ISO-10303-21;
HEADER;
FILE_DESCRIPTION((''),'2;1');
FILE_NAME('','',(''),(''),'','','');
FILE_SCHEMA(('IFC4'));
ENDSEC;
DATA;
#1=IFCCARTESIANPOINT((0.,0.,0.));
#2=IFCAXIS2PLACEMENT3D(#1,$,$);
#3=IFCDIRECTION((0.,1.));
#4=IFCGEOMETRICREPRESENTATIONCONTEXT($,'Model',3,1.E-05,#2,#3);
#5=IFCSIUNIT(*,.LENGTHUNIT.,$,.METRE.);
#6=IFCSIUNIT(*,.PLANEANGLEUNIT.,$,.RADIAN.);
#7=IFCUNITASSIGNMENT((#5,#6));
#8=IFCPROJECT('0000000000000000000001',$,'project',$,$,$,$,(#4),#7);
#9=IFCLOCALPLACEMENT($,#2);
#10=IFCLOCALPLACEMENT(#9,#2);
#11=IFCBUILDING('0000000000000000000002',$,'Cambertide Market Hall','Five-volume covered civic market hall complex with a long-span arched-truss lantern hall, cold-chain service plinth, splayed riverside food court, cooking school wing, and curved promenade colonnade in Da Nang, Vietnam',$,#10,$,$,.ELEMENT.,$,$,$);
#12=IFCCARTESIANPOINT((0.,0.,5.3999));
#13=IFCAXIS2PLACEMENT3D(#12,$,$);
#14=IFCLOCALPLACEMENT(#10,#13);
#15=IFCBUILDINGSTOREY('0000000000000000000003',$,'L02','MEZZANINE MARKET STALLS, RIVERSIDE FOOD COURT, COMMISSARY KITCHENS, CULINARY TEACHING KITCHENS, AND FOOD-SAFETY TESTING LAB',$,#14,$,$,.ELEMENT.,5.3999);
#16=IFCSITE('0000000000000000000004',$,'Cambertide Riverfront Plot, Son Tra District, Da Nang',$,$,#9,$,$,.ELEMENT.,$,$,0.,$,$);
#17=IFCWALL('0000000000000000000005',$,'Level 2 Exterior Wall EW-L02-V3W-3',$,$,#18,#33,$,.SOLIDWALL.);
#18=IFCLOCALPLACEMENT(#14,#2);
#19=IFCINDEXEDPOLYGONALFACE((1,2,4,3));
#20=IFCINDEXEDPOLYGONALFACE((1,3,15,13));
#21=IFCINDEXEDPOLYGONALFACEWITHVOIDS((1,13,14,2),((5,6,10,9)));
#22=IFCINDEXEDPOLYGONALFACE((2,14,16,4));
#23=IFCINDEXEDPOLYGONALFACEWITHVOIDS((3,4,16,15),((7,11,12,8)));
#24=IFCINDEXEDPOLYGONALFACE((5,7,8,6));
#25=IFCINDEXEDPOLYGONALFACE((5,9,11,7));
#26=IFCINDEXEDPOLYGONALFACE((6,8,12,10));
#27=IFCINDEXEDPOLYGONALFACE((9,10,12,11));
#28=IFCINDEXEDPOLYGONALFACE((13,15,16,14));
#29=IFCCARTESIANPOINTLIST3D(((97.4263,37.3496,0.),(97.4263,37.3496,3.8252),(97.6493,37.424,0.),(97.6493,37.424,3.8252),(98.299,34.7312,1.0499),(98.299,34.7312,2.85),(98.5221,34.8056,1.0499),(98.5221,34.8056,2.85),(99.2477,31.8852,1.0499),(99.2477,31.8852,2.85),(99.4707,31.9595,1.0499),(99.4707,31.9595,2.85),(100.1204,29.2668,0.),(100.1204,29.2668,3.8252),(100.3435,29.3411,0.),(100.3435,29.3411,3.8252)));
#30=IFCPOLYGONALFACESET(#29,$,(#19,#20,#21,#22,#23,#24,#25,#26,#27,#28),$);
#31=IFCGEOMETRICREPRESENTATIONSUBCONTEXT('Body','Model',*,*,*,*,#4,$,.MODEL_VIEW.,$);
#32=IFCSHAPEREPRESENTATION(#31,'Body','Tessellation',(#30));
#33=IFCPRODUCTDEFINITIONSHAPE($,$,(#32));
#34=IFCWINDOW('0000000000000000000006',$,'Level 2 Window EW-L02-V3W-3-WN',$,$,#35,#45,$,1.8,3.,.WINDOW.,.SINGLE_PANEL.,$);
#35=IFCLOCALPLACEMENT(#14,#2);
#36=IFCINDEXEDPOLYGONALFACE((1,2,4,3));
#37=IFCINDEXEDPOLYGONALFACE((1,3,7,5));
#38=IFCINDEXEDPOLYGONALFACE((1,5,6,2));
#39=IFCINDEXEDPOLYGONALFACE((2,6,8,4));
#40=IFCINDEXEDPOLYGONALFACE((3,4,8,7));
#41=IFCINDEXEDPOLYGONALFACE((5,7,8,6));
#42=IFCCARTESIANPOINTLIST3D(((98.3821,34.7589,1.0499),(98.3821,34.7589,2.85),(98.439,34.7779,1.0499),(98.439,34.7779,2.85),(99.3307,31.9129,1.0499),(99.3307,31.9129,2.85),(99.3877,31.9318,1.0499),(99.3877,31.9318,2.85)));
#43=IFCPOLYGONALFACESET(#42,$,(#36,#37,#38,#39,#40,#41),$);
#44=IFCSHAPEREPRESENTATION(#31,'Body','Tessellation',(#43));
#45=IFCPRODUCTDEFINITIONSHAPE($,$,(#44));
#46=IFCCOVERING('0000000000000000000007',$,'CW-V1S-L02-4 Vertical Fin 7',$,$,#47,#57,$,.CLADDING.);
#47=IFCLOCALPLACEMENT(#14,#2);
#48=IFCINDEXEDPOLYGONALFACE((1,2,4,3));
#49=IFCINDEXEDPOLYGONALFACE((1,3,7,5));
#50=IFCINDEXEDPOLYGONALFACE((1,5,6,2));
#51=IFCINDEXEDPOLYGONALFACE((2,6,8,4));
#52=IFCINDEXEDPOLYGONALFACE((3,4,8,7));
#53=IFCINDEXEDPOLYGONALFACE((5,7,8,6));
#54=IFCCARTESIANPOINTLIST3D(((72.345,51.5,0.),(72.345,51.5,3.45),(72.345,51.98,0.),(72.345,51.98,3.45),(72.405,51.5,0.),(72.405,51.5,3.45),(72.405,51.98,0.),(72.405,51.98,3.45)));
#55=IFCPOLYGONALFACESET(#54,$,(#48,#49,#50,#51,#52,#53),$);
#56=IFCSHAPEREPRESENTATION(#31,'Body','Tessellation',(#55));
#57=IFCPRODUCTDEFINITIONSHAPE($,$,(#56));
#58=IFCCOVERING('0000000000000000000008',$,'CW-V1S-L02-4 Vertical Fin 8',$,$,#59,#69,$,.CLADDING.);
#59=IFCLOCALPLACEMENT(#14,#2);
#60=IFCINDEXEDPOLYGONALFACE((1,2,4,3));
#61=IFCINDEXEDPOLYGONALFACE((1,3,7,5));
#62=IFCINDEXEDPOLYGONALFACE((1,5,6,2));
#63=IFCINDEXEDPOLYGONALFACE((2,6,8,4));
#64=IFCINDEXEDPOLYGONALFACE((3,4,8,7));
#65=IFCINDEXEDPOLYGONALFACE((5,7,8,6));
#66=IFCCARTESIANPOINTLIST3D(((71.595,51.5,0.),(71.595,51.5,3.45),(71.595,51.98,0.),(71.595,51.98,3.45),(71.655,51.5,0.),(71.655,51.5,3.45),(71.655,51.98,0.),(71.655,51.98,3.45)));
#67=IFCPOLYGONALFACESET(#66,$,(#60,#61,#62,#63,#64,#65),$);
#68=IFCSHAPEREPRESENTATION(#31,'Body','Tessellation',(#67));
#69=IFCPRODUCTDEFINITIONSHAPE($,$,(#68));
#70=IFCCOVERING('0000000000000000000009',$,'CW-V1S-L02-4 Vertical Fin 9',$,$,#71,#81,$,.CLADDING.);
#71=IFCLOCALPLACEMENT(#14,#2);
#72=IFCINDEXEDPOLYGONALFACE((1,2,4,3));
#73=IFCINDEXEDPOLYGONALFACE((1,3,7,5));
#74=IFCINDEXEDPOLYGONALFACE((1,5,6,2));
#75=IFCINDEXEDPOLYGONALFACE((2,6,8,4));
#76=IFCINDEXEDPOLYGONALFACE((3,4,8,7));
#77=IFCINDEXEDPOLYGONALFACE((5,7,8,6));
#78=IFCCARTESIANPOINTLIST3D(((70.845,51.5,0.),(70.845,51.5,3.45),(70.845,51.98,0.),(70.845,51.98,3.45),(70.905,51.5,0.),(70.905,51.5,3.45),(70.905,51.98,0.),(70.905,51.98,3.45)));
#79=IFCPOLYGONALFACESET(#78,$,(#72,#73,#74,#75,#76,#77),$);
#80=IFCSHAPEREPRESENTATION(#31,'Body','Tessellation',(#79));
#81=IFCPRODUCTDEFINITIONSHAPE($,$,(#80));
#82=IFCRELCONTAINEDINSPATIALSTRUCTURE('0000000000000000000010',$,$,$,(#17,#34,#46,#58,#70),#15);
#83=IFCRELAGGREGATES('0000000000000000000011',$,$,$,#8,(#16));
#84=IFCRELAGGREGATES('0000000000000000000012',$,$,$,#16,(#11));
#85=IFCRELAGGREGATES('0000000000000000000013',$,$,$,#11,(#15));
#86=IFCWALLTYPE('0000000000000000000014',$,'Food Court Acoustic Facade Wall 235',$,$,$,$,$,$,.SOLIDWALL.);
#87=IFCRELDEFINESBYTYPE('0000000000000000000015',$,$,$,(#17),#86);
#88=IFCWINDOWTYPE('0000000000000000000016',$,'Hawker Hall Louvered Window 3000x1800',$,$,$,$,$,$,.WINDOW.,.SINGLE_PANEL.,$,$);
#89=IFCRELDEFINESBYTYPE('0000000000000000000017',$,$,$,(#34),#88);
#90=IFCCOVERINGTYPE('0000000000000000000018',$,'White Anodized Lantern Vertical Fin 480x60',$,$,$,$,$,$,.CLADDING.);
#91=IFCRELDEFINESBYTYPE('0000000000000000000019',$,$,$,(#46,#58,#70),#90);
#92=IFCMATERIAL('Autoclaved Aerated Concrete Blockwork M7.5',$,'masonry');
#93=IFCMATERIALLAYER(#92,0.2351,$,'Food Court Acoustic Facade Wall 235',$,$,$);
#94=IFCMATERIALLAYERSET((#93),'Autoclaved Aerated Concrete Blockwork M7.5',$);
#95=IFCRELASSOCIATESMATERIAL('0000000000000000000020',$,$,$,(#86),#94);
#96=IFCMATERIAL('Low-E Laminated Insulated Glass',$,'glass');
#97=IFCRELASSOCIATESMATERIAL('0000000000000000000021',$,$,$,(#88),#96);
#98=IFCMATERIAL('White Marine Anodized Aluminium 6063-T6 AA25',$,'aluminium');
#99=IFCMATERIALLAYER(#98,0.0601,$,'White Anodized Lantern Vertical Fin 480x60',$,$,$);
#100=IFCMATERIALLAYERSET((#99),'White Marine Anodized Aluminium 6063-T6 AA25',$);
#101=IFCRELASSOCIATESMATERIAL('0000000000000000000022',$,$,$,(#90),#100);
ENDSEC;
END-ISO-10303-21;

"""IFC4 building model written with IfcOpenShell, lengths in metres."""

from ifc_helpers import new_model, si_unit, direction, frame, frame_2d, origin, origin_2d, place, context, subcontext, project, spatial, rectangle, extrude, material, layer, layer_set, type_object, element, fill, save


model = new_model("IFC4")

# Units and contexts
model_context = context("Model", 3, precision=1e-05, world=origin(), true_north=direction((0.0, 1.0)))
body_context = subcontext(model_context, "Body", "Model", "MODEL_VIEW")
ifc_project = project(units=[si_unit("LENGTHUNIT", "METRE"), si_unit("PLANEANGLEUNIT", "RADIAN")], contexts=[model_context])

# Site, building, storey
site_placement = place(None, origin())
site = spatial("IfcSite", under=ifc_project, at=site_placement, Name="Cambertide Riverfront Plot, Son Tra District, Da Nang", CompositionType="ELEMENT", RefElevation=0.0)
building_placement = place(site_placement, origin())
building = spatial("IfcBuilding", under=site, at=building_placement, Name="Cambertide Market Hall", Description="Five-volume covered civic market hall complex with a long-span arched-truss lantern hall, cold-chain service plinth, splayed riverside food court, cooking school wing, and curved promenade colonnade in Da Nang, Vietnam", CompositionType="ELEMENT")
storey_placement = place(building_placement, frame((0.0, 0.0, 5.3999)))
storey = spatial("IfcBuildingStorey", under=building, at=storey_placement, Name="L02", Description="MEZZANINE MARKET STALLS, RIVERSIDE FOOD COURT, COMMISSARY KITCHENS, CULINARY TEACHING KITCHENS, AND FOOD-SAFETY TESTING LAB", CompositionType="ELEMENT", Elevation=5.3999)

# Wall, opening, window
ifc_material_1 = material(Name="Autoclaved Aerated Concrete Blockwork M7.5", Category="masonry")
ifc_layer_1 = layer(ifc_material_1, 0.2351, Name="Food Court Acoustic Facade Wall 235")
ifc_layer_set_1 = layer_set([ifc_layer_1], Name="Autoclaved Aerated Concrete Blockwork M7.5")
wall_type = type_object("IfcWallType", Name="Food Court Acoustic Facade Wall 235", PredefinedType="SOLIDWALL", material=ifc_layer_set_1)
wall_1_placement = place(storey_placement, frame((100.2319, 29.304, 0.0), z_axis=(0.0, 0.0, 1.0), x_axis=(-0.316211, 0.948689, 0.0)))
wall_1 = element("IfcWall", 1, at=wall_1_placement, inside=storey, type_object=wall_type, Name="Level 2 Exterior Wall EW-L02-V3W-3", PredefinedType="SOLIDWALL", context=body_context, shape_type="SweptSolid", body=[
    extrude(rectangle(XDim=8.52, YDim=0.2351, at=frame_2d((4.26, 0.0))), origin(), (0.0, 0.0, 1.0), 3.8252),
])
opening_1_placement = place(wall_1_placement, frame((2.76, 0.0, 1.05)))
opening_1 = element("IfcOpeningElement", 2, at=opening_1_placement, cuts=wall_1, PredefinedType="OPENING", context=body_context, shape_type="SweptSolid", body=[
    extrude(rectangle(XDim=3.0, YDim=1.8, at=frame_2d((1.5, 0.8999))), frame((0.0, 0.1274, 0.0), z_axis=(0.0, -1.0, 0.0), x_axis=(1.0, 0.0, 0.0)), (0.0, 0.0, 1.0), 0.2551),
])
ifc_material_2 = material(Name="Low-E Laminated Insulated Glass", Category="glass")
window_type_1 = type_object("IfcWindowType", Name="Hawker Hall Louvered Window 3000x1800", PartitioningType="SINGLE_PANEL", PredefinedType="WINDOW", material=ifc_material_2)
window_1_placement = place(opening_1_placement, origin())
window_1 = element("IfcWindow", 3, at=window_1_placement, inside=storey, type_object=window_type_1, Name="Level 2 Window EW-L02-V3W-3-WN", OverallHeight=1.8, OverallWidth=3.0, PartitioningType="SINGLE_PANEL", PredefinedType="WINDOW", context=body_context, shape_type="SweptSolid", body=[
    extrude(rectangle(XDim=3.0, YDim=1.8, at=frame_2d((1.5, 0.8999))), frame((0.0, 0.03, 0.0), z_axis=(0.0, -1.0, 0.0), x_axis=(1.0, 0.0, 0.0)), (0.0, 0.0, 1.0), 0.0601),
])
fill(opening_1, window_1)

# Coverings
ifc_material_3 = material(Name="White Marine Anodized Aluminium 6063-T6 AA25", Category="aluminium")
ifc_layer_2 = layer(ifc_material_3, 0.0601, Name="White Anodized Lantern Vertical Fin 480x60")
ifc_layer_set_2 = layer_set([ifc_layer_2], Name="White Marine Anodized Aluminium 6063-T6 AA25")
covering_type = type_object("IfcCoveringType", Name="White Anodized Lantern Vertical Fin 480x60", PredefinedType="CLADDING", material=ifc_layer_set_2)
for number, where, z_axis, x_axis, name in (
    (4, (72.375, 51.74, 0.0), (0.0, 0.0, 1.0), (-1.0, 0.0, 0.0), "CW-V1S-L02-4 Vertical Fin 7"),
    (5, (71.625, 51.74, 0.0), (0.0, 0.0, 1.0), (-1.0, 0.0, 0.0), "CW-V1S-L02-4 Vertical Fin 8"),
    (6, (70.875, 51.74, 0.0), (0.0, 0.0, 1.0), (-1.0, 0.0, 0.0), "CW-V1S-L02-4 Vertical Fin 9"),
):
    element("IfcCovering", number, at=place(storey_placement, frame(where, z_axis=z_axis, x_axis=x_axis)), inside=storey, type_object=covering_type, Name=name, PredefinedType="CLADDING", context=body_context, shape_type="SweptSolid", body=[
        extrude(rectangle(XDim=0.0601, YDim=0.48, at=origin_2d()), origin(), (0.0, 0.0, 1.0), 3.45),
    ])

save(model, "model.ifc")
